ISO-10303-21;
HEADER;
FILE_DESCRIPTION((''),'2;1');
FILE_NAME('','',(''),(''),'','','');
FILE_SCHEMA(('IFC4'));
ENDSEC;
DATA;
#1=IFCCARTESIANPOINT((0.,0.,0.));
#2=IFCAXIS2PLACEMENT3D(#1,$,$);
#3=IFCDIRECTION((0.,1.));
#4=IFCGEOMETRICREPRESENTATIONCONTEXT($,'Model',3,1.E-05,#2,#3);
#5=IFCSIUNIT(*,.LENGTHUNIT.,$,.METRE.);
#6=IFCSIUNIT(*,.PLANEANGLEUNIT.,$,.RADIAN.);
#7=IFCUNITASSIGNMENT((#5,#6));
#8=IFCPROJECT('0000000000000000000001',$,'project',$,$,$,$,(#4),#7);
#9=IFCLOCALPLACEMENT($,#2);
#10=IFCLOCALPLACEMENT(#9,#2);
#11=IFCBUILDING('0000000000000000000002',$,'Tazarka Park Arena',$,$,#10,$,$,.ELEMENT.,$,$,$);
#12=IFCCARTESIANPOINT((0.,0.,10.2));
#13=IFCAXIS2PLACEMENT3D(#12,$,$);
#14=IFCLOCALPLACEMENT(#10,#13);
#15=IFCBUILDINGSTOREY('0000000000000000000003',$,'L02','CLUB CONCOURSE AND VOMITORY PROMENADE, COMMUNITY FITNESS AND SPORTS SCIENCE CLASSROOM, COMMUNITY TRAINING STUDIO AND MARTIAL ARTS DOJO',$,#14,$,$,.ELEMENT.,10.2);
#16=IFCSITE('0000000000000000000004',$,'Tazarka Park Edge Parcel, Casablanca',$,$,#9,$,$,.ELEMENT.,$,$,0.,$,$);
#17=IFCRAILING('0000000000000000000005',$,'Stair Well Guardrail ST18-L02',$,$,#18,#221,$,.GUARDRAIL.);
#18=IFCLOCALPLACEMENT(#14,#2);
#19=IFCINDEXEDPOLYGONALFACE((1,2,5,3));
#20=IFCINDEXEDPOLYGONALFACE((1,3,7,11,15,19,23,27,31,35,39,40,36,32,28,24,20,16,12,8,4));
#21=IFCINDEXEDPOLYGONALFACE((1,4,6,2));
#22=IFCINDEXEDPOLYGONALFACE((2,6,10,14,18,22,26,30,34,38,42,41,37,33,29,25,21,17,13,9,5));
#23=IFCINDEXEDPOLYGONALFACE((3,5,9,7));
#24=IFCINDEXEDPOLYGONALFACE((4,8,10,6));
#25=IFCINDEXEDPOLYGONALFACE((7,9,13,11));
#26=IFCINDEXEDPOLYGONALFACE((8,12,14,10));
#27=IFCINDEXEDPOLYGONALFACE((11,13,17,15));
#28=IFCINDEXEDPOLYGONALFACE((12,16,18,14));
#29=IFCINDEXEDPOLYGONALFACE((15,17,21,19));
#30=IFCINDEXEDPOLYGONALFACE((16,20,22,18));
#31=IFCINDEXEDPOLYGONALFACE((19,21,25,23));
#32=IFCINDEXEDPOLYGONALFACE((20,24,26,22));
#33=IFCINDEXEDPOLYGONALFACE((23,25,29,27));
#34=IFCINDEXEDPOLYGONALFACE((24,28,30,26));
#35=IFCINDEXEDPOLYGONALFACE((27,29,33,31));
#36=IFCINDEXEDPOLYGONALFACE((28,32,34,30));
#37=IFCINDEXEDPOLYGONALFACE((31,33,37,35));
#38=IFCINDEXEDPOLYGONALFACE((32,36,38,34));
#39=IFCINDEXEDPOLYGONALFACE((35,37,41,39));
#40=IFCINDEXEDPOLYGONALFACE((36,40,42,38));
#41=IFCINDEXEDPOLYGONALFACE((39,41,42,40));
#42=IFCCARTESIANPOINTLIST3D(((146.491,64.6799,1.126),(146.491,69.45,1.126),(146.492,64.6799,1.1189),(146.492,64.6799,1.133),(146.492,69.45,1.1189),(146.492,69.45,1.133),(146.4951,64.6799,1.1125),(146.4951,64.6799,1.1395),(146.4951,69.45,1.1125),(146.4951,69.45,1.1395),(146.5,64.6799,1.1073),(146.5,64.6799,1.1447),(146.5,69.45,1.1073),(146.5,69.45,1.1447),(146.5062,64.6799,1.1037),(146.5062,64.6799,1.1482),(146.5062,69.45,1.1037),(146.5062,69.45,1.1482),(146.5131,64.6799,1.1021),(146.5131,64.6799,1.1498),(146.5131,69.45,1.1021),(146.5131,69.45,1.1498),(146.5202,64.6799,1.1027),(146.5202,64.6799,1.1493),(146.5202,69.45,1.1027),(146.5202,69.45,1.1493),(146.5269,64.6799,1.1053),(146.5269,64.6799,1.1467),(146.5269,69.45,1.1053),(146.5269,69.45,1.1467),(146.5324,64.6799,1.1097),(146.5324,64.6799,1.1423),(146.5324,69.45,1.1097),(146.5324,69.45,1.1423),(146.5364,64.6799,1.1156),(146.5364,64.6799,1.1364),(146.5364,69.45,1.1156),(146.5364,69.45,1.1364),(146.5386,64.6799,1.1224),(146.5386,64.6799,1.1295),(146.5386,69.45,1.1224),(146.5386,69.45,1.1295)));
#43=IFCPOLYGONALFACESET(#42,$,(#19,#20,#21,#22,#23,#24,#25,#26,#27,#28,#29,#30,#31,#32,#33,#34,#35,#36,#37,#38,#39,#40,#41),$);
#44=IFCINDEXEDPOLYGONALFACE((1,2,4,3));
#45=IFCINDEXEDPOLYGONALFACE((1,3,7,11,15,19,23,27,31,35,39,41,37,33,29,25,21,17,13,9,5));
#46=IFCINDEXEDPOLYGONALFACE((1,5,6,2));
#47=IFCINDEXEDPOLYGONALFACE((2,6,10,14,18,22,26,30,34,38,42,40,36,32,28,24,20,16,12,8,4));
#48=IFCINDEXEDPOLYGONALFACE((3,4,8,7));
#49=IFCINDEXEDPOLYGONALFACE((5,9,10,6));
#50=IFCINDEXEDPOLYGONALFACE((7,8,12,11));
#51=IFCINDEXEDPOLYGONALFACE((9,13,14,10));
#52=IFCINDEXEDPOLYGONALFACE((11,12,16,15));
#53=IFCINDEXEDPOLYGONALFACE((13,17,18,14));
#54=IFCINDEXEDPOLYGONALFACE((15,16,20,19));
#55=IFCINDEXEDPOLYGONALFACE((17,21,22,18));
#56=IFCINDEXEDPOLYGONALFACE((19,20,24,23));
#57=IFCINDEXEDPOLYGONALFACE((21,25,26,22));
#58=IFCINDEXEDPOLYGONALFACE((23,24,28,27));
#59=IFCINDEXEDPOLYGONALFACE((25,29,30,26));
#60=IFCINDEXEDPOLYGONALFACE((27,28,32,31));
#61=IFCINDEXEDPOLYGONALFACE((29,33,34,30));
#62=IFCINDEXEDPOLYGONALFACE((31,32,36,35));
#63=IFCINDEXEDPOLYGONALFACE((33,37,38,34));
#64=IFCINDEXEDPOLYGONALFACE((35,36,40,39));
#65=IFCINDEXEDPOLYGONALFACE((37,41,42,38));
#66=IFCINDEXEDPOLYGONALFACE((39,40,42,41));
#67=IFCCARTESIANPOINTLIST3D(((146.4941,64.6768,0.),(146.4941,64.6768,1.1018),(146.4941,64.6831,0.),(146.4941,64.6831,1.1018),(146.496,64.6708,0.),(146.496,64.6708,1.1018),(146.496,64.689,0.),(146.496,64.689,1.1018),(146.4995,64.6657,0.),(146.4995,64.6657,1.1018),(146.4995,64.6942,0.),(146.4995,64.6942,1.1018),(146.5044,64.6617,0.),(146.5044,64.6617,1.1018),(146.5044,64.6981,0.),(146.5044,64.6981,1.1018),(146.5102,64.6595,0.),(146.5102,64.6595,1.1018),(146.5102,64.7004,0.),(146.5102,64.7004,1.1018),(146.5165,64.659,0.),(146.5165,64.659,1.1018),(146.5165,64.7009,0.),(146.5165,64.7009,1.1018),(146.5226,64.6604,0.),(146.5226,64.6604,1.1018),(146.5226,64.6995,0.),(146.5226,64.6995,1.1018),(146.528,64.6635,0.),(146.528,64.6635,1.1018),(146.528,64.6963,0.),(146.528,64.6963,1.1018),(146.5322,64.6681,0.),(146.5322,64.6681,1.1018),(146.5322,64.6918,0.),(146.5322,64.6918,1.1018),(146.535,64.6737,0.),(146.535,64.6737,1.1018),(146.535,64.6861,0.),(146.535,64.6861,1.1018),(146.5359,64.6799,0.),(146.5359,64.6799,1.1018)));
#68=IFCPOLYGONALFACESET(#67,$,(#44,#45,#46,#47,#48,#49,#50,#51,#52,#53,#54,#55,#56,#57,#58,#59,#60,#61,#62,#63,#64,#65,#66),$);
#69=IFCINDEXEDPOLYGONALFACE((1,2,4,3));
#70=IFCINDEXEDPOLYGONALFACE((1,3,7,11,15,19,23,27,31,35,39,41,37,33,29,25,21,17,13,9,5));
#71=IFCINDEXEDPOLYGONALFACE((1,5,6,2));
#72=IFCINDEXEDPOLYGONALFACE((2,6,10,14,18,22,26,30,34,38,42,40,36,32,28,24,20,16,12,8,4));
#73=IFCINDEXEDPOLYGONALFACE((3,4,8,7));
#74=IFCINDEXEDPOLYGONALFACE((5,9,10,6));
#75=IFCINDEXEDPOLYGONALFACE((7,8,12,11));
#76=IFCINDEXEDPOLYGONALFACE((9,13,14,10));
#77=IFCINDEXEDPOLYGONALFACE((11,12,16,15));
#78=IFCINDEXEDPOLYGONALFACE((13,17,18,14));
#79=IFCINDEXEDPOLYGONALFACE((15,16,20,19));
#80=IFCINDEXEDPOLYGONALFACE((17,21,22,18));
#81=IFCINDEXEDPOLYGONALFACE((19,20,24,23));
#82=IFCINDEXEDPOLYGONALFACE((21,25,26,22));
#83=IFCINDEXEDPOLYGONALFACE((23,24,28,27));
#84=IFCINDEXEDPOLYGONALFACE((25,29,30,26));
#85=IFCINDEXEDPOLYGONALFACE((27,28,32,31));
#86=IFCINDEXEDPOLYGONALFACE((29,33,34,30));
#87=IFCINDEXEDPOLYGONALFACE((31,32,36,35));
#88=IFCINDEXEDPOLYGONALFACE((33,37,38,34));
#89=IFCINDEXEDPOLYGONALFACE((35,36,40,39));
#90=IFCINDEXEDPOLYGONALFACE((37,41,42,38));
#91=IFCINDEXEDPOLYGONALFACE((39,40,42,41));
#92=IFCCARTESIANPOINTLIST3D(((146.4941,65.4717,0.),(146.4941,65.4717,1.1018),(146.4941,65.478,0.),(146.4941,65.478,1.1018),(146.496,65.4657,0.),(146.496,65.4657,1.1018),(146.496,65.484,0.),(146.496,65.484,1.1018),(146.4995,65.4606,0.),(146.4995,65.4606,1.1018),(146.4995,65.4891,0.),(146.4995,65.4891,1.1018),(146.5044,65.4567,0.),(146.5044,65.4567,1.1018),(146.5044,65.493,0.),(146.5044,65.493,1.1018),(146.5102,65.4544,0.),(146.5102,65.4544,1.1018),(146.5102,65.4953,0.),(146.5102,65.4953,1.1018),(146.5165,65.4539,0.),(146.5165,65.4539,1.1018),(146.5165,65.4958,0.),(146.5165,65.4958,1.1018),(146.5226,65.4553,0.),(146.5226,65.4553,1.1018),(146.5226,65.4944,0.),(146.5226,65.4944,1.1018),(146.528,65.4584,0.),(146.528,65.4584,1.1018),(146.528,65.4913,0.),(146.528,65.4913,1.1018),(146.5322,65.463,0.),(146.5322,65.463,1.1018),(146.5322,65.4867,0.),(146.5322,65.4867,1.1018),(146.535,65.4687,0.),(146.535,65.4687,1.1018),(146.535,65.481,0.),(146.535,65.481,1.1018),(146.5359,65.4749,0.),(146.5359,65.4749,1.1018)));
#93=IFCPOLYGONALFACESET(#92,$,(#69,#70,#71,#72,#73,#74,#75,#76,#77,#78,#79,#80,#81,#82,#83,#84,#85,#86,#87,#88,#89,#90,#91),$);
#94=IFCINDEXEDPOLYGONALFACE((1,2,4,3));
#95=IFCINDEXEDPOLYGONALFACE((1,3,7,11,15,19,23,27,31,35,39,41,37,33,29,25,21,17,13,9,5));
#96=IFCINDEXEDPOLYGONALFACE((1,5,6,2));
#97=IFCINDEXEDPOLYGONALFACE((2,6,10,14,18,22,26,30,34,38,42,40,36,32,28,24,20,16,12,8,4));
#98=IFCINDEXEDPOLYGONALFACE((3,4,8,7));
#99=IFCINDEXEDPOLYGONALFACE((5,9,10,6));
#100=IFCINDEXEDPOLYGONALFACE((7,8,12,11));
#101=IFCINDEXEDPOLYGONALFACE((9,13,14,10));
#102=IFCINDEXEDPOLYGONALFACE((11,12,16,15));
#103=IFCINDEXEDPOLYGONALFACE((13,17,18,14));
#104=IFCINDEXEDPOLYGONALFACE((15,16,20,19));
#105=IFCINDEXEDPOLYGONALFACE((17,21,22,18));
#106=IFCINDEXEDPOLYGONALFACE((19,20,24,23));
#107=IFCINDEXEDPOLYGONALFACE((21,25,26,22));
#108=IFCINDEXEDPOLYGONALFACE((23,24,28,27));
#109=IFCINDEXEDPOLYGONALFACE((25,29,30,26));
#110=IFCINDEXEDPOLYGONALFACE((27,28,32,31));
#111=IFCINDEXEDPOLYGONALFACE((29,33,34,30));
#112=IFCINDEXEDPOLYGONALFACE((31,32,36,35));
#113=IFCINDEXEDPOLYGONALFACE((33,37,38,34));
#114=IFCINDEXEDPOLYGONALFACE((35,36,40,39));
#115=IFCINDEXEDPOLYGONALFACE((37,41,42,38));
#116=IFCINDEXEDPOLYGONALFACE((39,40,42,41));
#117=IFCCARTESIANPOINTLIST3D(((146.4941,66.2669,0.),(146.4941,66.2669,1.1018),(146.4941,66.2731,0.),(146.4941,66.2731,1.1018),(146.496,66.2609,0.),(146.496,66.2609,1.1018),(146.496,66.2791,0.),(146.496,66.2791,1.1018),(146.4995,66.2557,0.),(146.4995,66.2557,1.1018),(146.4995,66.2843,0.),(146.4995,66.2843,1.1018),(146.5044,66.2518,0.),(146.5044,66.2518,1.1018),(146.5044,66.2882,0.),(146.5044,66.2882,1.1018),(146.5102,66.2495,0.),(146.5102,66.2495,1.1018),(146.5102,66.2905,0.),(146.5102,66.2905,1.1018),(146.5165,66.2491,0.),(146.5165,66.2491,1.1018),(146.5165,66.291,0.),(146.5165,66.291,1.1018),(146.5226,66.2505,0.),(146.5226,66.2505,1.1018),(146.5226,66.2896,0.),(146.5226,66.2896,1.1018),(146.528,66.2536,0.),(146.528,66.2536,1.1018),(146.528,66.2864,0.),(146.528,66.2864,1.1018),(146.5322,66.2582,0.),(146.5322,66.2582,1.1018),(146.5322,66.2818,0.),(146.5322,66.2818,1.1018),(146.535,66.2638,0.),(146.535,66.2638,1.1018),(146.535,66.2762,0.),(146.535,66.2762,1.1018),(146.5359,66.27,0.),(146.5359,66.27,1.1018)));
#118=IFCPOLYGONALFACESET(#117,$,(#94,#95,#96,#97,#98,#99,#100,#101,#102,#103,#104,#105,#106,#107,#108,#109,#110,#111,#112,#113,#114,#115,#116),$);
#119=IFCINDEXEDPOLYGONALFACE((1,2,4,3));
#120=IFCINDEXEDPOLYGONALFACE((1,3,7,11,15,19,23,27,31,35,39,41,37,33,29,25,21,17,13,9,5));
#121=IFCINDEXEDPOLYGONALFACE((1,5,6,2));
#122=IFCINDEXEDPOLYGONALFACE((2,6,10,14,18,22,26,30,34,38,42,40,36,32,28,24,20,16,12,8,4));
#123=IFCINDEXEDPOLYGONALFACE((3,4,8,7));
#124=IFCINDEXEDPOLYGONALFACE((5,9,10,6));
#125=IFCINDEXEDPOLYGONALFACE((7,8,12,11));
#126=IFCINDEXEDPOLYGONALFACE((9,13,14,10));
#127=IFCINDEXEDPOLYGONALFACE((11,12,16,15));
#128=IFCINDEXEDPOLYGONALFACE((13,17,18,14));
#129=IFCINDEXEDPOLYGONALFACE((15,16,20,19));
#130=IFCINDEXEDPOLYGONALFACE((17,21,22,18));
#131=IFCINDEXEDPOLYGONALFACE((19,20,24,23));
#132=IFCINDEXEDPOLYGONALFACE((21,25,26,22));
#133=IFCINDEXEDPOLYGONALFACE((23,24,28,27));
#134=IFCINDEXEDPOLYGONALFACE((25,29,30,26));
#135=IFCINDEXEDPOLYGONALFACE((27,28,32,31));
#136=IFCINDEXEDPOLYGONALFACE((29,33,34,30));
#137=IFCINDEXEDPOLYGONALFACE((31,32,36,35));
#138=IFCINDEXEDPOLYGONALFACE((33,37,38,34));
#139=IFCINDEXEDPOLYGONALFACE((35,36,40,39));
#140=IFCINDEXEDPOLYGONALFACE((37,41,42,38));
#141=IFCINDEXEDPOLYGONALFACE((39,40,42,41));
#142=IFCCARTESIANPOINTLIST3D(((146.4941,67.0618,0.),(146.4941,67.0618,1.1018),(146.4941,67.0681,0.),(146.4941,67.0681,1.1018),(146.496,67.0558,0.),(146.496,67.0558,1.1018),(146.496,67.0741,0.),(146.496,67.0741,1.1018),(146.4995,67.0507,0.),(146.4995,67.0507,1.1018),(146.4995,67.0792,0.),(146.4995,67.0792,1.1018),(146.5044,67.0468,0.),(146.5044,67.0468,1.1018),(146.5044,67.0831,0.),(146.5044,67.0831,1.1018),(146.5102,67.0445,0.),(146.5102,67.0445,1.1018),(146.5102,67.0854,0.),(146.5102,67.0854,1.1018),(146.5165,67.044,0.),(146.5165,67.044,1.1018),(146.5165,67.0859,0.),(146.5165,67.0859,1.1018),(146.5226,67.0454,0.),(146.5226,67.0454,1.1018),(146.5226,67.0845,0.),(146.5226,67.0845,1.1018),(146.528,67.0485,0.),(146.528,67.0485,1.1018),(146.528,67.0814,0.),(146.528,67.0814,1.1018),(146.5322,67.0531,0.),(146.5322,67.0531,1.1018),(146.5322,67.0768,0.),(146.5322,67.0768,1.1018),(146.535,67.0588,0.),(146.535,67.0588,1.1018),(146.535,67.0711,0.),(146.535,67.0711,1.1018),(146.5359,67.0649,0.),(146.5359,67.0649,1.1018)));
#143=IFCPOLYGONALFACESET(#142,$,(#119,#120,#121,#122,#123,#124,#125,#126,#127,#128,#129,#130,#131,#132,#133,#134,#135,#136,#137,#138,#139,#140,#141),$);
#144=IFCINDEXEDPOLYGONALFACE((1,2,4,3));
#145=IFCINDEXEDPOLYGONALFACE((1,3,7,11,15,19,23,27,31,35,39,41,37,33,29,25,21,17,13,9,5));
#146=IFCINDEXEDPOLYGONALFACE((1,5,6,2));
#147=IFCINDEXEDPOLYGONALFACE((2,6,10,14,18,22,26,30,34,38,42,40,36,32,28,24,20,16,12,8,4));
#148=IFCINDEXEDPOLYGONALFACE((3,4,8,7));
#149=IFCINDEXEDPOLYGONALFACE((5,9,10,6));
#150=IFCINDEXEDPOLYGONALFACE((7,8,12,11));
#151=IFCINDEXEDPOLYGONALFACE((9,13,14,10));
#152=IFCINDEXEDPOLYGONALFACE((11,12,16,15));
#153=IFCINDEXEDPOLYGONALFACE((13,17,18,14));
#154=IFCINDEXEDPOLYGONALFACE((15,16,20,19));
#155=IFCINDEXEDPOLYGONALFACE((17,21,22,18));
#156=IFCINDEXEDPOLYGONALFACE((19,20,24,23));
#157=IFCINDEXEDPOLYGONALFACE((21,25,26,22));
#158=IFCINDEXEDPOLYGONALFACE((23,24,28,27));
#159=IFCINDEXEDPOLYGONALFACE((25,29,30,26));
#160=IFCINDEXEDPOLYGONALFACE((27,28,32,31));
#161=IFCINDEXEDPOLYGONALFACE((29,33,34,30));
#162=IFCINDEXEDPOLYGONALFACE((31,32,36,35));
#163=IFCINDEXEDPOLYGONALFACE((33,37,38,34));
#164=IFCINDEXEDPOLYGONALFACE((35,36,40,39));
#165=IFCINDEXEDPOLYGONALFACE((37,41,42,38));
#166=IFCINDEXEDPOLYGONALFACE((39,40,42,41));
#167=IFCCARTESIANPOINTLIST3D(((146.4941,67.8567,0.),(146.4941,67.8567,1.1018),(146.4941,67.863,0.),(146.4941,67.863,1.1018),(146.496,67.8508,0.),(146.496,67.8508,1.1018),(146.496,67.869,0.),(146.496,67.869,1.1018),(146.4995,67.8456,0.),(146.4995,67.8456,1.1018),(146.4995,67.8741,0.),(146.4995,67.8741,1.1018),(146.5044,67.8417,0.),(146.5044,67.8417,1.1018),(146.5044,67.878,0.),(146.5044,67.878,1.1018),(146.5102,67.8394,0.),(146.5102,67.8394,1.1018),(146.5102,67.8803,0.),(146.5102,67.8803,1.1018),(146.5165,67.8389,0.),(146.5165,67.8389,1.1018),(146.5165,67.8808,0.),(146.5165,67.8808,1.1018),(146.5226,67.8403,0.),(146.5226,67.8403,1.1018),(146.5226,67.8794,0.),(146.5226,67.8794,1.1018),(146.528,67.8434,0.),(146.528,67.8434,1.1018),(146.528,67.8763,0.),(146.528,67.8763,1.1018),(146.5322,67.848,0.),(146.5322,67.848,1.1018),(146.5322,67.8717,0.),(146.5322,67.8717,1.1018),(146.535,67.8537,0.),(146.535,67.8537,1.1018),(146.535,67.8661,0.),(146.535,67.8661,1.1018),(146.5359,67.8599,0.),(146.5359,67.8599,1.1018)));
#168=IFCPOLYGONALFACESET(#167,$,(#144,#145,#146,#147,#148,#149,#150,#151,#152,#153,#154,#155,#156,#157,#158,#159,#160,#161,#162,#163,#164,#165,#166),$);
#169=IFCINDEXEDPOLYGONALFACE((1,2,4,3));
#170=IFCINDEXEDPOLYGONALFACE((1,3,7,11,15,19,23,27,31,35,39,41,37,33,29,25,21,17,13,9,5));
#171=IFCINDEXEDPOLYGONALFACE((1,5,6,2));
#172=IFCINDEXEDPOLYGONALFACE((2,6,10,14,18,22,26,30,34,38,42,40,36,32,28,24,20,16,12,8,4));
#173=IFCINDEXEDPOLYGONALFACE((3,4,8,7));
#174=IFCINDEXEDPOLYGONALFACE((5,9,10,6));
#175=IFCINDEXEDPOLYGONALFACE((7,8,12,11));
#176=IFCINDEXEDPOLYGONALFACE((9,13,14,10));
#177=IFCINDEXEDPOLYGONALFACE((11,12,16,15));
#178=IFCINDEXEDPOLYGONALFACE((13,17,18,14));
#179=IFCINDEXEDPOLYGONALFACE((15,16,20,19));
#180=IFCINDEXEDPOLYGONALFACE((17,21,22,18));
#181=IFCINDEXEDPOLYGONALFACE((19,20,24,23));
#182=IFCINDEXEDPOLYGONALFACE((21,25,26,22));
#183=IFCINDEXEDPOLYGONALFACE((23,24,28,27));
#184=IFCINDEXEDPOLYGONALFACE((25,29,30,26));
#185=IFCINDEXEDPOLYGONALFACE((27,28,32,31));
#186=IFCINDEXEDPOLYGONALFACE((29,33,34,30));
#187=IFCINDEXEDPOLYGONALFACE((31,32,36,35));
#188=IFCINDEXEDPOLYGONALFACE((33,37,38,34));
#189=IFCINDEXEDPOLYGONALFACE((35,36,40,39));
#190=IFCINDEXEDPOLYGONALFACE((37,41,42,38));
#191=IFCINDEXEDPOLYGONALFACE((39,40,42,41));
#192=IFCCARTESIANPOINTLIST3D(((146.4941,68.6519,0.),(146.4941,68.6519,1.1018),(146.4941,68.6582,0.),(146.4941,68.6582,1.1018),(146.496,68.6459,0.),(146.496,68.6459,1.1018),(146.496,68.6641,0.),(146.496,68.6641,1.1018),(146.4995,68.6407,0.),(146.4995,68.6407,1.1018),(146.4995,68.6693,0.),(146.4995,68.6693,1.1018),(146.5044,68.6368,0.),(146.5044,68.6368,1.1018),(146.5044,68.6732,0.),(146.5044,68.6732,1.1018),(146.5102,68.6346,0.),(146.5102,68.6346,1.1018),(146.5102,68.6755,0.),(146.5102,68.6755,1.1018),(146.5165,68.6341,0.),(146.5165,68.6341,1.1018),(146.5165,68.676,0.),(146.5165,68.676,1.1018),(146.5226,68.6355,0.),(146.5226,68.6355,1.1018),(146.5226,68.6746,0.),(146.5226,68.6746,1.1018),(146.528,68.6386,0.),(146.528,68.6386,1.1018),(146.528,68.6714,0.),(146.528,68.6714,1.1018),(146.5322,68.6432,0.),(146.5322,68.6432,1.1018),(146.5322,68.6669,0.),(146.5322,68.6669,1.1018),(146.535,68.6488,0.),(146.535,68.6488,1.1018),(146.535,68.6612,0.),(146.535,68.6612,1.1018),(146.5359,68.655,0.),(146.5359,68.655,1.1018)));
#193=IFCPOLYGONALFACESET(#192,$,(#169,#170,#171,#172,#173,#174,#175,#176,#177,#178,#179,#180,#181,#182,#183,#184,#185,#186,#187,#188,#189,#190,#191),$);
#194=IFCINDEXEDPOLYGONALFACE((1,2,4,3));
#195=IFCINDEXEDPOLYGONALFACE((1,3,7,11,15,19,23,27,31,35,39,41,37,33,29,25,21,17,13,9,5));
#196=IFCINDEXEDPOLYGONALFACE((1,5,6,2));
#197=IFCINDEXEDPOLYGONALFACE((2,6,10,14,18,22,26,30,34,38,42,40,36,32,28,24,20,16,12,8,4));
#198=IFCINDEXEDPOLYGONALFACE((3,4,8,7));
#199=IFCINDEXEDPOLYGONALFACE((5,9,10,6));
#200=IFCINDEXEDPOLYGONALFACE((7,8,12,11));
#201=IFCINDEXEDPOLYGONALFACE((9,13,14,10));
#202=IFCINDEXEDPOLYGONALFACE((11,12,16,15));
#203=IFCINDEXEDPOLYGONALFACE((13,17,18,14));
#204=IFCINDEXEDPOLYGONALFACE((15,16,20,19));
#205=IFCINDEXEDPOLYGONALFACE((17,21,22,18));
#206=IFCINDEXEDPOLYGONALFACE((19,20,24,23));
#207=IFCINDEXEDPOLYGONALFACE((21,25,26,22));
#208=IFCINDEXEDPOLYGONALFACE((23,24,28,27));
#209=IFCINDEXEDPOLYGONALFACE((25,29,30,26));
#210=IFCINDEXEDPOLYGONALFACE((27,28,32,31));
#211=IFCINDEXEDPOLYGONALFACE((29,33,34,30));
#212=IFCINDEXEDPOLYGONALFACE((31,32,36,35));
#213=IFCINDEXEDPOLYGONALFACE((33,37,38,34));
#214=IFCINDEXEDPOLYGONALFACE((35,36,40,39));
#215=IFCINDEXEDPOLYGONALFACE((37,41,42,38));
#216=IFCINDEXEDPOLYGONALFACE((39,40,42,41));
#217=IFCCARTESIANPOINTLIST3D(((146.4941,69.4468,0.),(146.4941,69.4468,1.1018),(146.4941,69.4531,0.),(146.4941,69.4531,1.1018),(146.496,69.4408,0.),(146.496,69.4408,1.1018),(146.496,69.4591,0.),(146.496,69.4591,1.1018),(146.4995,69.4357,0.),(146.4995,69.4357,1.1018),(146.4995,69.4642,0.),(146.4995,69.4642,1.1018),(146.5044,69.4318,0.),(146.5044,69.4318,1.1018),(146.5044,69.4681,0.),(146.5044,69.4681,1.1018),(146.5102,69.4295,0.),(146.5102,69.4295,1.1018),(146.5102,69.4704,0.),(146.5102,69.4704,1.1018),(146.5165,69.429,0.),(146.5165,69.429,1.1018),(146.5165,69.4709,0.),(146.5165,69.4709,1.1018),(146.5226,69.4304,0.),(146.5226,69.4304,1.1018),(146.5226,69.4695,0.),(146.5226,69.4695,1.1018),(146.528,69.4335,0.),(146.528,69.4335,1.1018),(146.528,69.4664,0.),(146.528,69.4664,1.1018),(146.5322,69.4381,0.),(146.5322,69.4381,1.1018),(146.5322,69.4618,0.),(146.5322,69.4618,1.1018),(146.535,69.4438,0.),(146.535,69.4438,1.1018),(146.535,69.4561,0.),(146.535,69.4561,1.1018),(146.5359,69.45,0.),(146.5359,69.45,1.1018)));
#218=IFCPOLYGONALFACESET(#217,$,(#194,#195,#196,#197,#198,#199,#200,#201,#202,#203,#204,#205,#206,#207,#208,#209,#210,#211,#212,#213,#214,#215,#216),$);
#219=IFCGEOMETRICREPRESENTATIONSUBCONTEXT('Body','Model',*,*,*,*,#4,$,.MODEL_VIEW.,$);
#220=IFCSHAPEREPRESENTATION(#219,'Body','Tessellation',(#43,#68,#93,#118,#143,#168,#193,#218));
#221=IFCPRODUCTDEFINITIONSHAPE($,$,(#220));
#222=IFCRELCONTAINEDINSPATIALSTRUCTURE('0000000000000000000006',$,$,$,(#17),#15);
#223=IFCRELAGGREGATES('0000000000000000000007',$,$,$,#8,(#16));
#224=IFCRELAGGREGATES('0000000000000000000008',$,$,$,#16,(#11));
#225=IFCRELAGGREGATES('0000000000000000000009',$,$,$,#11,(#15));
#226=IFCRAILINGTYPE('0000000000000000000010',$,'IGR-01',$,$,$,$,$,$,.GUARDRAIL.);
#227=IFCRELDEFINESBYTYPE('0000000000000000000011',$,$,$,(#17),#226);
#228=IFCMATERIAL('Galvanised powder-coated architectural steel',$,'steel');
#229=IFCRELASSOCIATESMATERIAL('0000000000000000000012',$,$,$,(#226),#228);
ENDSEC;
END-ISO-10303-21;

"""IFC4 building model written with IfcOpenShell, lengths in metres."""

from ifc_helpers import new_model, si_unit, direction, frame, origin, origin_2d, place, context, subcontext, project, spatial, circle, extrude, material, type_object, element, save


model = new_model("IFC4")

# Units and contexts
model_context = context("Model", 3, precision=1e-05, world=origin(), true_north=direction((0.0, 1.0)))
body_context = subcontext(model_context, "Body", "Model", "MODEL_VIEW")
ifc_project = project(units=[si_unit("LENGTHUNIT", "METRE"), si_unit("PLANEANGLEUNIT", "RADIAN")], contexts=[model_context])

# Site, building, storey
site_placement = place(None, origin())
site = spatial("IfcSite", under=ifc_project, at=site_placement, Name="Tazarka Park Edge Parcel, Casablanca", CompositionType="ELEMENT", RefElevation=0.0)
building_placement = place(site_placement, origin())
building = spatial("IfcBuilding", under=site, at=building_placement, Name="Tazarka Park Arena", CompositionType="ELEMENT")
storey_placement = place(building_placement, frame((0.0, 0.0, 10.2)))
storey = spatial("IfcBuildingStorey", under=building, at=storey_placement, Name="L02", Description="CLUB CONCOURSE AND VOMITORY PROMENADE, COMMUNITY FITNESS AND SPORTS SCIENCE CLASSROOM, COMMUNITY TRAINING STUDIO AND MARTIAL ARTS DOJO", CompositionType="ELEMENT", Elevation=10.2)

# Railing
ifc_material_1 = material(Name="Galvanised powder-coated architectural steel", Category="steel")
railing_type = type_object("IfcRailingType", Name="IGR-01", PredefinedType="GUARDRAIL", material=ifc_material_1)
railing_1_placement = place(storey_placement, frame((146.5149, 64.6799, 0.0)))
element("IfcRailing", 1, at=railing_1_placement, inside=storey, type_object=railing_type, Name="Stair Well Guardrail ST18-L02", PredefinedType="GUARDRAIL", context=body_context, shape_type="SweptSolid", body=[
    extrude(circle(Radius=0.0239, at=origin_2d()), frame((0.0, 0.0, 1.126), z_axis=(0.0, 1.0, 0.0), x_axis=(-1.0, 0.0, 0.0)), (0.0, 0.0, 1.0), 4.77),
    extrude(circle(Radius=0.021, at=origin_2d()), origin(), (0.0, 0.0, 1.0), 1.1018),
    extrude(circle(Radius=0.021, at=origin_2d()), frame((0.0, 0.7949, 0.0)), (0.0, 0.0, 1.0), 1.1018),
    extrude(circle(Radius=0.021, at=origin_2d()), frame((0.0, 1.5901, 0.0)), (0.0, 0.0, 1.0), 1.1018),
    extrude(circle(Radius=0.021, at=origin_2d()), frame((0.0, 2.385, 0.0)), (0.0, 0.0, 1.0), 1.1018),
    extrude(circle(Radius=0.021, at=origin_2d()), frame((0.0, 3.1799, 0.0)), (0.0, 0.0, 1.0), 1.1018),
    extrude(circle(Radius=0.021, at=origin_2d()), frame((0.0, 3.9751, 0.0)), (0.0, 0.0, 1.0), 1.1018),
    extrude(circle(Radius=0.021, at=origin_2d()), frame((0.0, 4.77, 0.0)), (0.0, 0.0, 1.0), 1.1018),
])

save(model, "model.ifc")
